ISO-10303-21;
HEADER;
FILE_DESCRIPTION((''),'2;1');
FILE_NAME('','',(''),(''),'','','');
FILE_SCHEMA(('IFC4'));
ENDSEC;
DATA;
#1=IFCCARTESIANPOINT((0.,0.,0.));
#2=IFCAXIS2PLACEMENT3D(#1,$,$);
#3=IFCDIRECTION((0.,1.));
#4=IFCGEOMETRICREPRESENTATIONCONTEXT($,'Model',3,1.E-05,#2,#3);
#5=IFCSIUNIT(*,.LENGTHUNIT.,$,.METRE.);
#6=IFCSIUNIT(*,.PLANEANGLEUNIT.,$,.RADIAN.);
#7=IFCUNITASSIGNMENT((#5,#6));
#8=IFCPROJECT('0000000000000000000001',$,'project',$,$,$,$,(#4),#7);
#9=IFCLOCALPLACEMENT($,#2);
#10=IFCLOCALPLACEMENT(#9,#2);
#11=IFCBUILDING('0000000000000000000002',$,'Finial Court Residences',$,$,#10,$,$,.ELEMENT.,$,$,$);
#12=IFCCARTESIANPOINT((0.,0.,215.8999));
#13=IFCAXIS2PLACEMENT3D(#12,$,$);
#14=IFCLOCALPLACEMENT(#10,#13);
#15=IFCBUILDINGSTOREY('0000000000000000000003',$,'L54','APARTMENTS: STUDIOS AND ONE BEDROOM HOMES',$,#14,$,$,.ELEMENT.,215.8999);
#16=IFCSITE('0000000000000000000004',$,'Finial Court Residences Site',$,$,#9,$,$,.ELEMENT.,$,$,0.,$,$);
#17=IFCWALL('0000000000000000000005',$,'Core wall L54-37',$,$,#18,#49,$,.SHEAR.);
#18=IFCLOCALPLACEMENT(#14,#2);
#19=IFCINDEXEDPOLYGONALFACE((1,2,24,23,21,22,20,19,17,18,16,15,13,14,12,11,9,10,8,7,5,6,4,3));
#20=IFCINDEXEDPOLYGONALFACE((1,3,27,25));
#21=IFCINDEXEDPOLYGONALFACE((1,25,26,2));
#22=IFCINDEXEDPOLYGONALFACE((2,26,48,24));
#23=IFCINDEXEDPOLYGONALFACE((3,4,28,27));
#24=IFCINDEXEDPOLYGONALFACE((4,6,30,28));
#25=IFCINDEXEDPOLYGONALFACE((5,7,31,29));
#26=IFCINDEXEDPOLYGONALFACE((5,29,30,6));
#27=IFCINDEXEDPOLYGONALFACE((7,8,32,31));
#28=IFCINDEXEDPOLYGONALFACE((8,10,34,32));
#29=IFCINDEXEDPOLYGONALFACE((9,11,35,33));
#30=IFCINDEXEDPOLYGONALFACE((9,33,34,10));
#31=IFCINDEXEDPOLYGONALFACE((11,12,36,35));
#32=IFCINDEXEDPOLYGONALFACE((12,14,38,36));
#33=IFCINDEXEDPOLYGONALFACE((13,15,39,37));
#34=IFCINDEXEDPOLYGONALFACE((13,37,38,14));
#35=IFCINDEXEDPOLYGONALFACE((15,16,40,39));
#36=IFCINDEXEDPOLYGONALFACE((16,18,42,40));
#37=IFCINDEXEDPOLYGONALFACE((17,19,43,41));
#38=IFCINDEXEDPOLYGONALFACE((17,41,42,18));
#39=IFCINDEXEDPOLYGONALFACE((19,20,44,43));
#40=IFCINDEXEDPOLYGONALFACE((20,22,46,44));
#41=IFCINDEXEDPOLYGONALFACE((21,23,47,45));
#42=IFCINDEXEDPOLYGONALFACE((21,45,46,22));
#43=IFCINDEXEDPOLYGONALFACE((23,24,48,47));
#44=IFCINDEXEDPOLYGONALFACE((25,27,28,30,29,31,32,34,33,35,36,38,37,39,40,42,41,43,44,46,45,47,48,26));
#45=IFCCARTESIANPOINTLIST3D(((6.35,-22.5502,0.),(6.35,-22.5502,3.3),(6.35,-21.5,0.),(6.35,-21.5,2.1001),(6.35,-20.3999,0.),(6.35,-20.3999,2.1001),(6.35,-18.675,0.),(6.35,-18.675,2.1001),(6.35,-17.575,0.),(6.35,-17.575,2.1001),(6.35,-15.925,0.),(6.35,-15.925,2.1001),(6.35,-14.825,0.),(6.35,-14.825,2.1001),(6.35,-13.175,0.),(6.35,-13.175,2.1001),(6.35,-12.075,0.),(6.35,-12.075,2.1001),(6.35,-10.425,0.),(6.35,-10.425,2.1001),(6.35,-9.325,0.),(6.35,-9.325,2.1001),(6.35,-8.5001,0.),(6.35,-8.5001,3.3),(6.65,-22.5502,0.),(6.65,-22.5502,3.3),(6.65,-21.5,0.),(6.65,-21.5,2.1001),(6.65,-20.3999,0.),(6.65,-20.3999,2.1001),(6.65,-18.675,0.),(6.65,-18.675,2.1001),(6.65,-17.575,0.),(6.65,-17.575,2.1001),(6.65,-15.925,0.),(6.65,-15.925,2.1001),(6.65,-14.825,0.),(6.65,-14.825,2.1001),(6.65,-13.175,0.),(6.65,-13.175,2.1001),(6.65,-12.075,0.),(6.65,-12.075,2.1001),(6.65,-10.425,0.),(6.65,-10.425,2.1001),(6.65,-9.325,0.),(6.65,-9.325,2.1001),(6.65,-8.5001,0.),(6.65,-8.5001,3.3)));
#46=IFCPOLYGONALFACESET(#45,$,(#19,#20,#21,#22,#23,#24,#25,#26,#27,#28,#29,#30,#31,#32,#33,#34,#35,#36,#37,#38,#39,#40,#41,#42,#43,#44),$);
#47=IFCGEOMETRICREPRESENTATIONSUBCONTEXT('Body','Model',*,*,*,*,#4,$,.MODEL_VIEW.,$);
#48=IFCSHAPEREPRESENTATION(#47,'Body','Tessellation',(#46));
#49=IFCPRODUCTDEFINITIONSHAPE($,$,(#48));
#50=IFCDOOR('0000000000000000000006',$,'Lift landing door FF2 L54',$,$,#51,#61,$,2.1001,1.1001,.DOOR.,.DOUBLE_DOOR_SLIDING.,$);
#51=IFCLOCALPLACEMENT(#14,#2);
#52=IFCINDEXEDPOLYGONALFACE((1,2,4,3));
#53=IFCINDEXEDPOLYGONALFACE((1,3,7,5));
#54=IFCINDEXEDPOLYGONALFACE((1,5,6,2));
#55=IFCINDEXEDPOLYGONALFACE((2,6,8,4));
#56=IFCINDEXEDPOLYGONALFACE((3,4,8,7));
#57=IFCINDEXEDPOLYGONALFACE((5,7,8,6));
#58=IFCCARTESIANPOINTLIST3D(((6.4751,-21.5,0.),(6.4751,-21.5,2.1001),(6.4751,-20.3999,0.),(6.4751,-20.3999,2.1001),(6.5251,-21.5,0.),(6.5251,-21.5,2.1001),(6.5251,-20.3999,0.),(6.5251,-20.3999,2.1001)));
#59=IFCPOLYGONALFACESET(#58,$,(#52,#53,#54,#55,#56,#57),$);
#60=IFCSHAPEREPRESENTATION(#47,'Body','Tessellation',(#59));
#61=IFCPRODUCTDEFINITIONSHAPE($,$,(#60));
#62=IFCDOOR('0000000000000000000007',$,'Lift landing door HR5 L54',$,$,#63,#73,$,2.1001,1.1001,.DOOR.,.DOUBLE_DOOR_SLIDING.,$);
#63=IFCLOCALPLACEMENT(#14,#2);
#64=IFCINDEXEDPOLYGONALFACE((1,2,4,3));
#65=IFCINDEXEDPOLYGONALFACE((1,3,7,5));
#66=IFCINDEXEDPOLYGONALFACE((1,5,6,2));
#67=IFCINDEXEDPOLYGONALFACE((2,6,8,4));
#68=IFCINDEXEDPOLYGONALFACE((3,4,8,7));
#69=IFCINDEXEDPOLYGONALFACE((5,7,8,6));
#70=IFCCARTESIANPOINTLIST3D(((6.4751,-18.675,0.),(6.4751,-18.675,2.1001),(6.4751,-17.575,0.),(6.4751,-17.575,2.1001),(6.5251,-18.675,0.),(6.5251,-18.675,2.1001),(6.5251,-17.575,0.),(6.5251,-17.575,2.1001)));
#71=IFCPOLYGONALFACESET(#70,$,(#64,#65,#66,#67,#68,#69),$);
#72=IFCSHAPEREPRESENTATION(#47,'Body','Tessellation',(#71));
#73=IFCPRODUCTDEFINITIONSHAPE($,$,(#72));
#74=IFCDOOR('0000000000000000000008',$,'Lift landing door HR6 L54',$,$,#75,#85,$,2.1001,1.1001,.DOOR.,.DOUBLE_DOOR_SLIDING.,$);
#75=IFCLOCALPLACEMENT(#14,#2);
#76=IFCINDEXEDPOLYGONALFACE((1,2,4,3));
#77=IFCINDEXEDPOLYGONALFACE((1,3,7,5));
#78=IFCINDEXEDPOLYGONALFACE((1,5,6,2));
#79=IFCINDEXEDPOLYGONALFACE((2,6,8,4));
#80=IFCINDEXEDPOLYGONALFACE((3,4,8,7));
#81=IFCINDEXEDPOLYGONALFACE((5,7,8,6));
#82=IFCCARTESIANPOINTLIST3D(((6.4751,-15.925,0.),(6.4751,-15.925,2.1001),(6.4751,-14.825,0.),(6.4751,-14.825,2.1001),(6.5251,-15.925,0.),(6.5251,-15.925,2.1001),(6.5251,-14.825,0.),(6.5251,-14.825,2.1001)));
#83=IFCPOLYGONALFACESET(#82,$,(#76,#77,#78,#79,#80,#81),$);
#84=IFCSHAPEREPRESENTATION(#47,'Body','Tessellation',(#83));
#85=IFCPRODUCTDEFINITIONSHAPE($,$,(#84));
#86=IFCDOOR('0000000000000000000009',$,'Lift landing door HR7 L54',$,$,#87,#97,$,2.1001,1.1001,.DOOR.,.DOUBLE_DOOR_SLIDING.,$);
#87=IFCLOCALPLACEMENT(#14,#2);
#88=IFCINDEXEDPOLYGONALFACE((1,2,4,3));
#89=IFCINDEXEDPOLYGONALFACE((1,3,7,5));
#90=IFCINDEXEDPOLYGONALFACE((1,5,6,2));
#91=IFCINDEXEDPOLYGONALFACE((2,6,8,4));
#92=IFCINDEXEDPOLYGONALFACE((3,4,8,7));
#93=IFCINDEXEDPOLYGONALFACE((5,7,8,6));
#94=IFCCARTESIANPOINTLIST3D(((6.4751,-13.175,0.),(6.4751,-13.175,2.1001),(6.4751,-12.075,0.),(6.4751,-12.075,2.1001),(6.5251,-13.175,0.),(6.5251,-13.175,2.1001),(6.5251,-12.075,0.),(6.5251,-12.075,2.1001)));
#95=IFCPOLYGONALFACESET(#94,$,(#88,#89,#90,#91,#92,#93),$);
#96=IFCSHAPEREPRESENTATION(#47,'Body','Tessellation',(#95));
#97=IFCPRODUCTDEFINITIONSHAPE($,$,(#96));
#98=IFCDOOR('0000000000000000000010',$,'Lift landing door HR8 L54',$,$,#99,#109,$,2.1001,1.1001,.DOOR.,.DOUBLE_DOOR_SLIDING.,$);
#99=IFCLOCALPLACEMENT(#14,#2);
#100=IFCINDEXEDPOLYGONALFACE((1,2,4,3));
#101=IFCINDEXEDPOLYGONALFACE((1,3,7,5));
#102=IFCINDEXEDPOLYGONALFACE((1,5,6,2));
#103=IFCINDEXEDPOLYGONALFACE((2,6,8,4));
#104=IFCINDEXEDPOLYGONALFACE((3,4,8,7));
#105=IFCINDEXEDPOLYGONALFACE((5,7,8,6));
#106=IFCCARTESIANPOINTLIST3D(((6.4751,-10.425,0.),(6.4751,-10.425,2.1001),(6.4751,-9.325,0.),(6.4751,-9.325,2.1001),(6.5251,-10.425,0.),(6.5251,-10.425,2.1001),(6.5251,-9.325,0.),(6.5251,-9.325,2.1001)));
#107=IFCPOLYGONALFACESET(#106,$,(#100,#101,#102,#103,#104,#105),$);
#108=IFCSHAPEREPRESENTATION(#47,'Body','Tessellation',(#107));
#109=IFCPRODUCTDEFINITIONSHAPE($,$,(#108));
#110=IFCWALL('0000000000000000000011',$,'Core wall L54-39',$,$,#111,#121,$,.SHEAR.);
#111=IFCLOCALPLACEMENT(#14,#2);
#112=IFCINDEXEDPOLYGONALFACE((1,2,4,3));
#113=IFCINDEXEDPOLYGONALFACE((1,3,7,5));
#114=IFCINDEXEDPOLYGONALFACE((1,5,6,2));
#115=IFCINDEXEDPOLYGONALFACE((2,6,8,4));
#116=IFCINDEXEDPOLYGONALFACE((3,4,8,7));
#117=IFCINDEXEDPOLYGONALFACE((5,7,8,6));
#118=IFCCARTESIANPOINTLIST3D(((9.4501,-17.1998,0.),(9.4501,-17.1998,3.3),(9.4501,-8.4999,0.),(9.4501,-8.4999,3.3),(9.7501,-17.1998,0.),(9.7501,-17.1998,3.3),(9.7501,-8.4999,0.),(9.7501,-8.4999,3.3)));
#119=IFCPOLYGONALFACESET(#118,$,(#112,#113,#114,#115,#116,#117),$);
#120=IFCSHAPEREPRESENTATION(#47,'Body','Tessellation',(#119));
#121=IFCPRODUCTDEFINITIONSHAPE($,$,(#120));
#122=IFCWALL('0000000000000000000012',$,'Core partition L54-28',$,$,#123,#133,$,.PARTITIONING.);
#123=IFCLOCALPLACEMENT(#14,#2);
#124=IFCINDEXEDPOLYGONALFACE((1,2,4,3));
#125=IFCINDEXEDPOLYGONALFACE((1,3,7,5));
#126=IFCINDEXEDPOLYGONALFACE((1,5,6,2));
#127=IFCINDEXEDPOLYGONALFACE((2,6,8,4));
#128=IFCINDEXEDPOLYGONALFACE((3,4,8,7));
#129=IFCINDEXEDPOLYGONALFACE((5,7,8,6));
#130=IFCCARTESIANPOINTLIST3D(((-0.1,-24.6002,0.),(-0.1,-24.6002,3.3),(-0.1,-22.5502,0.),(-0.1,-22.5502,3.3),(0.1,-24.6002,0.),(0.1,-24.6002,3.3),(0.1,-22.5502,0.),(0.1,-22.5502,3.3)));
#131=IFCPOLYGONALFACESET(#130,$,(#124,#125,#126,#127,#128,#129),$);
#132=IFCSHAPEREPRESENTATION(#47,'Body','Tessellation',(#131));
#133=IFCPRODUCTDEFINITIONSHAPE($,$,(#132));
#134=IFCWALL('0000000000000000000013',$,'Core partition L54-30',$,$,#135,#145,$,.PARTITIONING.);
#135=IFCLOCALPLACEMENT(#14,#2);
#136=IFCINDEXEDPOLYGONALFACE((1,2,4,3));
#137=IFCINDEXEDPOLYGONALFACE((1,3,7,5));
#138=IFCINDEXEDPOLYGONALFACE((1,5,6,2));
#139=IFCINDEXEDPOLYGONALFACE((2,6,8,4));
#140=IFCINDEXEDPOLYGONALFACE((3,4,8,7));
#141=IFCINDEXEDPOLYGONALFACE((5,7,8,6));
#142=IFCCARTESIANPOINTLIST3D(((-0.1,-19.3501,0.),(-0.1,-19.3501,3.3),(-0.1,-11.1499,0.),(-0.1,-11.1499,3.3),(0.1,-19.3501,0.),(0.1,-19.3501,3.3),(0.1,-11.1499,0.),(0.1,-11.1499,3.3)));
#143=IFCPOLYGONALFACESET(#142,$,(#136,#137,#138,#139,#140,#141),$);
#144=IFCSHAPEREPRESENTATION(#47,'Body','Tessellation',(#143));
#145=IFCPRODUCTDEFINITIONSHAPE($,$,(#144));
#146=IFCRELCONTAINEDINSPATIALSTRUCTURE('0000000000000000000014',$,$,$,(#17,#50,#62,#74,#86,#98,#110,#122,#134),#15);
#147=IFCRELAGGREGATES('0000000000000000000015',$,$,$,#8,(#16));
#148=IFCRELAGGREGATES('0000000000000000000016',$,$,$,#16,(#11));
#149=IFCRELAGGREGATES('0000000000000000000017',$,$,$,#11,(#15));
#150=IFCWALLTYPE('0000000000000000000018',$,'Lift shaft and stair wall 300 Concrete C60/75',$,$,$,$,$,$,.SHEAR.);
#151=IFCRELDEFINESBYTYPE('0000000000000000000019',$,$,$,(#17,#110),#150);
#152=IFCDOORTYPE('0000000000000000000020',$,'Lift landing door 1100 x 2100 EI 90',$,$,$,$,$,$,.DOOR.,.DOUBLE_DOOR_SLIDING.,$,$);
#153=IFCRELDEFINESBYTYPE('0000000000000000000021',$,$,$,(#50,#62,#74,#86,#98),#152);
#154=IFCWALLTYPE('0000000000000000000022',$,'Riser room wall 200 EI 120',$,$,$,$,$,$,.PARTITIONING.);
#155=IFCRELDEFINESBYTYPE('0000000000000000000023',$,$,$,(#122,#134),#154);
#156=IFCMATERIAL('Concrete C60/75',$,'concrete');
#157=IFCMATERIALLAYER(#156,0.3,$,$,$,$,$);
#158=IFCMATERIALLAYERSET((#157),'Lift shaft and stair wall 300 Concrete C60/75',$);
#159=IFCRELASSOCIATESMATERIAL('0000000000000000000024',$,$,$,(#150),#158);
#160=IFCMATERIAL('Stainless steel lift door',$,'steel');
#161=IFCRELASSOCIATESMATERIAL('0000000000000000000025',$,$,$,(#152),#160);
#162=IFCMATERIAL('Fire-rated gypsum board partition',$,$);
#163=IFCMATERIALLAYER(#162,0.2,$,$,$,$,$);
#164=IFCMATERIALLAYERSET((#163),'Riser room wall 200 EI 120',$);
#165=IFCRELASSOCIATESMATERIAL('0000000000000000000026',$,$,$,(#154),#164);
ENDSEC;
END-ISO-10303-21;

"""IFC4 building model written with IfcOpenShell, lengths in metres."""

from ifc_helpers import new_model, si_unit, direction, frame, frame_2d, origin, place, context, subcontext, project, spatial, rectangle, extrude, material, layer, layer_set, type_object, element, fill, save


model = new_model("IFC4")

# Units and contexts
model_context = context("Model", 3, precision=1e-05, world=origin(), true_north=direction((0.0, 1.0)))
body_context = subcontext(model_context, "Body", "Model", "MODEL_VIEW")
ifc_project = project(units=[si_unit("LENGTHUNIT", "METRE"), si_unit("PLANEANGLEUNIT", "RADIAN")], contexts=[model_context])

# Site, building, storey
site_placement = place(None, origin())
site = spatial("IfcSite", under=ifc_project, at=site_placement, Name="Finial Court Residences Site", CompositionType="ELEMENT", RefElevation=0.0)
building_placement = place(site_placement, origin())
building = spatial("IfcBuilding", under=site, at=building_placement, Name="Finial Court Residences", CompositionType="ELEMENT")
storey_placement = place(building_placement, frame((0.0, 0.0, 215.8999)))
storey = spatial("IfcBuildingStorey", under=building, at=storey_placement, Name="L54", Description="APARTMENTS: STUDIOS AND ONE BEDROOM HOMES", CompositionType="ELEMENT", Elevation=215.8999)

# Shared definitions
ifc_material_1 = material(Name="Fire-rated gypsum board partition")

# Shared definitions
ifc_material_2 = material(Name="Concrete C60/75", Category="concrete")
ifc_layer_1 = layer(ifc_material_2, 0.3)
ifc_layer_set_1 = layer_set([ifc_layer_1], Name="Lift shaft and stair wall 300 Concrete C60/75")
wall_type_1 = type_object("IfcWallType", Name="Lift shaft and stair wall 300 Concrete C60/75", PredefinedType="SHEAR", material=ifc_layer_set_1)

# Shared definitions
ifc_material_3 = material(Name="Stainless steel lift door", Category="steel")
door_type_1 = type_object("IfcDoorType", Name="Lift landing door 1100 x 2100 EI 90", OperationType="DOUBLE_DOOR_SLIDING", PredefinedType="DOOR", material=ifc_material_3)

# Wall, openings, doors
wall_1_placement = place(storey_placement, frame((6.5, -22.55, 0.0), z_axis=(0.0, 0.0, 1.0), x_axis=(0.0, 1.0, 0.0)))
wall_1 = element("IfcWall", 1, at=wall_1_placement, inside=storey, type_object=wall_type_1, Name="Core wall L54-37", PredefinedType="SHEAR", context=body_context, shape_type="SweptSolid", body=[
    extrude(rectangle(XDim=14.05, YDim=0.3, at=frame_2d((7.0249, 0.0))), origin(), (0.0, 0.0, 1.0), 3.3),
])
opening_1_placement = place(wall_1_placement, frame((1.05, 0.0, 0.0)))
opening_1 = element("IfcOpeningElement", 2, at=opening_1_placement, cuts=wall_1, PredefinedType="OPENING", context=body_context, shape_type="SweptSolid", body=[
    extrude(rectangle(XDim=1.1001, YDim=2.1001, at=frame_2d((0.55, 1.05))), frame((0.0, 0.1599, 0.0), z_axis=(0.0, -1.0, 0.0), x_axis=(1.0, 0.0, 0.0)), (0.0, 0.0, 1.0), 0.3201),
])
opening_2_placement = place(wall_1_placement, frame((3.875, 0.0, 0.0)))
opening_2 = element("IfcOpeningElement", 3, at=opening_2_placement, cuts=wall_1, PredefinedType="OPENING", context=body_context, shape_type="SweptSolid", body=[
    extrude(rectangle(XDim=1.1001, YDim=2.1001, at=frame_2d((0.55, 1.05))), frame((0.0, 0.1599, 0.0), z_axis=(0.0, -1.0, 0.0), x_axis=(1.0, 0.0, 0.0)), (0.0, 0.0, 1.0), 0.3201),
])
opening_3_placement = place(wall_1_placement, frame((6.625, 0.0, 0.0)))
opening_3 = element("IfcOpeningElement", 4, at=opening_3_placement, cuts=wall_1, PredefinedType="OPENING", context=body_context, shape_type="SweptSolid", body=[
    extrude(rectangle(XDim=1.1001, YDim=2.1001, at=frame_2d((0.55, 1.05))), frame((0.0, 0.1599, 0.0), z_axis=(0.0, -1.0, 0.0), x_axis=(1.0, 0.0, 0.0)), (0.0, 0.0, 1.0), 0.3201),
])
opening_4_placement = place(wall_1_placement, frame((9.375, 0.0, 0.0)))
opening_4 = element("IfcOpeningElement", 5, at=opening_4_placement, cuts=wall_1, PredefinedType="OPENING", context=body_context, shape_type="SweptSolid", body=[
    extrude(rectangle(XDim=1.1001, YDim=2.1001, at=frame_2d((0.55, 1.05))), frame((0.0, 0.1599, 0.0), z_axis=(0.0, -1.0, 0.0), x_axis=(1.0, 0.0, 0.0)), (0.0, 0.0, 1.0), 0.3201),
])
opening_5_placement = place(wall_1_placement, frame((12.125, 0.0, 0.0)))
opening_5 = element("IfcOpeningElement", 6, at=opening_5_placement, cuts=wall_1, PredefinedType="OPENING", context=body_context, shape_type="SweptSolid", body=[
    extrude(rectangle(XDim=1.1001, YDim=2.1001, at=frame_2d((0.55, 1.05))), frame((0.0, 0.1599, 0.0), z_axis=(0.0, -1.0, 0.0), x_axis=(1.0, 0.0, 0.0)), (0.0, 0.0, 1.0), 0.3201),
])
door_1_placement = place(opening_1_placement, origin())
door_1 = element("IfcDoor", 7, at=door_1_placement, inside=storey, type_object=door_type_1, Name="Lift landing door FF2 L54", OperationType="DOUBLE_DOOR_SLIDING", OverallHeight=2.1001, OverallWidth=1.1001, PredefinedType="DOOR", context=body_context, shape_type="SweptSolid", body=[
    extrude(rectangle(XDim=1.1001, YDim=2.1001, at=frame_2d((0.55, 1.05))), frame((0.0, 0.0249, 0.0), z_axis=(0.0, -1.0, 0.0), x_axis=(1.0, 0.0, 0.0)), (0.0, 0.0, 1.0), 0.05),
])
fill(opening_1, door_1)
door_2_placement = place(opening_2_placement, origin())
door_2 = element("IfcDoor", 8, at=door_2_placement, inside=storey, type_object=door_type_1, Name="Lift landing door HR5 L54", OperationType="DOUBLE_DOOR_SLIDING", OverallHeight=2.1001, OverallWidth=1.1001, PredefinedType="DOOR", context=body_context, shape_type="SweptSolid", body=[
    extrude(rectangle(XDim=1.1001, YDim=2.1001, at=frame_2d((0.55, 1.05))), frame((0.0, 0.0249, 0.0), z_axis=(0.0, -1.0, 0.0), x_axis=(1.0, 0.0, 0.0)), (0.0, 0.0, 1.0), 0.05),
])
fill(opening_2, door_2)
door_3_placement = place(opening_3_placement, origin())
door_3 = element("IfcDoor", 9, at=door_3_placement, inside=storey, type_object=door_type_1, Name="Lift landing door HR6 L54", OperationType="DOUBLE_DOOR_SLIDING", OverallHeight=2.1001, OverallWidth=1.1001, PredefinedType="DOOR", context=body_context, shape_type="SweptSolid", body=[
    extrude(rectangle(XDim=1.1001, YDim=2.1001, at=frame_2d((0.55, 1.05))), frame((0.0, 0.0249, 0.0), z_axis=(0.0, -1.0, 0.0), x_axis=(1.0, 0.0, 0.0)), (0.0, 0.0, 1.0), 0.05),
])
fill(opening_3, door_3)
door_4_placement = place(opening_4_placement, origin())
door_4 = element("IfcDoor", 10, at=door_4_placement, inside=storey, type_object=door_type_1, Name="Lift landing door HR7 L54", OperationType="DOUBLE_DOOR_SLIDING", OverallHeight=2.1001, OverallWidth=1.1001, PredefinedType="DOOR", context=body_context, shape_type="SweptSolid", body=[
    extrude(rectangle(XDim=1.1001, YDim=2.1001, at=frame_2d((0.55, 1.05))), frame((0.0, 0.0249, 0.0), z_axis=(0.0, -1.0, 0.0), x_axis=(1.0, 0.0, 0.0)), (0.0, 0.0, 1.0), 0.05),
])
fill(opening_4, door_4)
door_5_placement = place(opening_5_placement, origin())
door_5 = element("IfcDoor", 11, at=door_5_placement, inside=storey, type_object=door_type_1, Name="Lift landing door HR8 L54", OperationType="DOUBLE_DOOR_SLIDING", OverallHeight=2.1001, OverallWidth=1.1001, PredefinedType="DOOR", context=body_context, shape_type="SweptSolid", body=[
    extrude(rectangle(XDim=1.1001, YDim=2.1001, at=frame_2d((0.55, 1.05))), frame((0.0, 0.0249, 0.0), z_axis=(0.0, -1.0, 0.0), x_axis=(1.0, 0.0, 0.0)), (0.0, 0.0, 1.0), 0.05),
])
fill(opening_5, door_5)

# Walls
wall_2_placement = place(storey_placement, frame((9.6001, -17.2, 0.0), z_axis=(0.0, 0.0, 1.0), x_axis=(0.0, 1.0, 0.0)))
element("IfcWall", 12, at=wall_2_placement, inside=storey, type_object=wall_type_1, Name="Core wall L54-39", PredefinedType="SHEAR", context=body_context, shape_type="SweptSolid", body=[
    extrude(rectangle(XDim=8.7, YDim=0.3, at=frame_2d((4.3501, 0.0))), origin(), (0.0, 0.0, 1.0), 3.3),
])
ifc_layer_2 = layer(ifc_material_1, 0.2)
ifc_layer_set_2 = layer_set([ifc_layer_2], Name="Riser room wall 200 EI 120")
wall_type_2 = type_object("IfcWallType", Name="Riser room wall 200 EI 120", PredefinedType="PARTITIONING", material=ifc_layer_set_2)
wall_3_placement = place(storey_placement, frame((0.0, -24.6001, 0.0), z_axis=(0.0, 0.0, 1.0), x_axis=(0.0, 1.0, 0.0)))
element("IfcWall", 13, at=wall_3_placement, inside=storey, type_object=wall_type_2, Name="Core partition L54-28", PredefinedType="PARTITIONING", context=body_context, shape_type="SweptSolid", body=[
    extrude(rectangle(XDim=2.05, YDim=0.2, at=frame_2d((1.0249, 0.0))), origin(), (0.0, 0.0, 1.0), 3.3),
])
wall_4_placement = place(storey_placement, frame((0.0, -19.3501, 0.0), z_axis=(0.0, 0.0, 1.0), x_axis=(0.0, 1.0, 0.0)))
element("IfcWall", 14, at=wall_4_placement, inside=storey, type_object=wall_type_2, Name="Core partition L54-30", PredefinedType="PARTITIONING", context=body_context, shape_type="SweptSolid", body=[
    extrude(rectangle(XDim=8.2002, YDim=0.2, at=frame_2d((4.1001, 0.0))), origin(), (0.0, 0.0, 1.0), 3.3),
])

save(model, "model.ifc")
